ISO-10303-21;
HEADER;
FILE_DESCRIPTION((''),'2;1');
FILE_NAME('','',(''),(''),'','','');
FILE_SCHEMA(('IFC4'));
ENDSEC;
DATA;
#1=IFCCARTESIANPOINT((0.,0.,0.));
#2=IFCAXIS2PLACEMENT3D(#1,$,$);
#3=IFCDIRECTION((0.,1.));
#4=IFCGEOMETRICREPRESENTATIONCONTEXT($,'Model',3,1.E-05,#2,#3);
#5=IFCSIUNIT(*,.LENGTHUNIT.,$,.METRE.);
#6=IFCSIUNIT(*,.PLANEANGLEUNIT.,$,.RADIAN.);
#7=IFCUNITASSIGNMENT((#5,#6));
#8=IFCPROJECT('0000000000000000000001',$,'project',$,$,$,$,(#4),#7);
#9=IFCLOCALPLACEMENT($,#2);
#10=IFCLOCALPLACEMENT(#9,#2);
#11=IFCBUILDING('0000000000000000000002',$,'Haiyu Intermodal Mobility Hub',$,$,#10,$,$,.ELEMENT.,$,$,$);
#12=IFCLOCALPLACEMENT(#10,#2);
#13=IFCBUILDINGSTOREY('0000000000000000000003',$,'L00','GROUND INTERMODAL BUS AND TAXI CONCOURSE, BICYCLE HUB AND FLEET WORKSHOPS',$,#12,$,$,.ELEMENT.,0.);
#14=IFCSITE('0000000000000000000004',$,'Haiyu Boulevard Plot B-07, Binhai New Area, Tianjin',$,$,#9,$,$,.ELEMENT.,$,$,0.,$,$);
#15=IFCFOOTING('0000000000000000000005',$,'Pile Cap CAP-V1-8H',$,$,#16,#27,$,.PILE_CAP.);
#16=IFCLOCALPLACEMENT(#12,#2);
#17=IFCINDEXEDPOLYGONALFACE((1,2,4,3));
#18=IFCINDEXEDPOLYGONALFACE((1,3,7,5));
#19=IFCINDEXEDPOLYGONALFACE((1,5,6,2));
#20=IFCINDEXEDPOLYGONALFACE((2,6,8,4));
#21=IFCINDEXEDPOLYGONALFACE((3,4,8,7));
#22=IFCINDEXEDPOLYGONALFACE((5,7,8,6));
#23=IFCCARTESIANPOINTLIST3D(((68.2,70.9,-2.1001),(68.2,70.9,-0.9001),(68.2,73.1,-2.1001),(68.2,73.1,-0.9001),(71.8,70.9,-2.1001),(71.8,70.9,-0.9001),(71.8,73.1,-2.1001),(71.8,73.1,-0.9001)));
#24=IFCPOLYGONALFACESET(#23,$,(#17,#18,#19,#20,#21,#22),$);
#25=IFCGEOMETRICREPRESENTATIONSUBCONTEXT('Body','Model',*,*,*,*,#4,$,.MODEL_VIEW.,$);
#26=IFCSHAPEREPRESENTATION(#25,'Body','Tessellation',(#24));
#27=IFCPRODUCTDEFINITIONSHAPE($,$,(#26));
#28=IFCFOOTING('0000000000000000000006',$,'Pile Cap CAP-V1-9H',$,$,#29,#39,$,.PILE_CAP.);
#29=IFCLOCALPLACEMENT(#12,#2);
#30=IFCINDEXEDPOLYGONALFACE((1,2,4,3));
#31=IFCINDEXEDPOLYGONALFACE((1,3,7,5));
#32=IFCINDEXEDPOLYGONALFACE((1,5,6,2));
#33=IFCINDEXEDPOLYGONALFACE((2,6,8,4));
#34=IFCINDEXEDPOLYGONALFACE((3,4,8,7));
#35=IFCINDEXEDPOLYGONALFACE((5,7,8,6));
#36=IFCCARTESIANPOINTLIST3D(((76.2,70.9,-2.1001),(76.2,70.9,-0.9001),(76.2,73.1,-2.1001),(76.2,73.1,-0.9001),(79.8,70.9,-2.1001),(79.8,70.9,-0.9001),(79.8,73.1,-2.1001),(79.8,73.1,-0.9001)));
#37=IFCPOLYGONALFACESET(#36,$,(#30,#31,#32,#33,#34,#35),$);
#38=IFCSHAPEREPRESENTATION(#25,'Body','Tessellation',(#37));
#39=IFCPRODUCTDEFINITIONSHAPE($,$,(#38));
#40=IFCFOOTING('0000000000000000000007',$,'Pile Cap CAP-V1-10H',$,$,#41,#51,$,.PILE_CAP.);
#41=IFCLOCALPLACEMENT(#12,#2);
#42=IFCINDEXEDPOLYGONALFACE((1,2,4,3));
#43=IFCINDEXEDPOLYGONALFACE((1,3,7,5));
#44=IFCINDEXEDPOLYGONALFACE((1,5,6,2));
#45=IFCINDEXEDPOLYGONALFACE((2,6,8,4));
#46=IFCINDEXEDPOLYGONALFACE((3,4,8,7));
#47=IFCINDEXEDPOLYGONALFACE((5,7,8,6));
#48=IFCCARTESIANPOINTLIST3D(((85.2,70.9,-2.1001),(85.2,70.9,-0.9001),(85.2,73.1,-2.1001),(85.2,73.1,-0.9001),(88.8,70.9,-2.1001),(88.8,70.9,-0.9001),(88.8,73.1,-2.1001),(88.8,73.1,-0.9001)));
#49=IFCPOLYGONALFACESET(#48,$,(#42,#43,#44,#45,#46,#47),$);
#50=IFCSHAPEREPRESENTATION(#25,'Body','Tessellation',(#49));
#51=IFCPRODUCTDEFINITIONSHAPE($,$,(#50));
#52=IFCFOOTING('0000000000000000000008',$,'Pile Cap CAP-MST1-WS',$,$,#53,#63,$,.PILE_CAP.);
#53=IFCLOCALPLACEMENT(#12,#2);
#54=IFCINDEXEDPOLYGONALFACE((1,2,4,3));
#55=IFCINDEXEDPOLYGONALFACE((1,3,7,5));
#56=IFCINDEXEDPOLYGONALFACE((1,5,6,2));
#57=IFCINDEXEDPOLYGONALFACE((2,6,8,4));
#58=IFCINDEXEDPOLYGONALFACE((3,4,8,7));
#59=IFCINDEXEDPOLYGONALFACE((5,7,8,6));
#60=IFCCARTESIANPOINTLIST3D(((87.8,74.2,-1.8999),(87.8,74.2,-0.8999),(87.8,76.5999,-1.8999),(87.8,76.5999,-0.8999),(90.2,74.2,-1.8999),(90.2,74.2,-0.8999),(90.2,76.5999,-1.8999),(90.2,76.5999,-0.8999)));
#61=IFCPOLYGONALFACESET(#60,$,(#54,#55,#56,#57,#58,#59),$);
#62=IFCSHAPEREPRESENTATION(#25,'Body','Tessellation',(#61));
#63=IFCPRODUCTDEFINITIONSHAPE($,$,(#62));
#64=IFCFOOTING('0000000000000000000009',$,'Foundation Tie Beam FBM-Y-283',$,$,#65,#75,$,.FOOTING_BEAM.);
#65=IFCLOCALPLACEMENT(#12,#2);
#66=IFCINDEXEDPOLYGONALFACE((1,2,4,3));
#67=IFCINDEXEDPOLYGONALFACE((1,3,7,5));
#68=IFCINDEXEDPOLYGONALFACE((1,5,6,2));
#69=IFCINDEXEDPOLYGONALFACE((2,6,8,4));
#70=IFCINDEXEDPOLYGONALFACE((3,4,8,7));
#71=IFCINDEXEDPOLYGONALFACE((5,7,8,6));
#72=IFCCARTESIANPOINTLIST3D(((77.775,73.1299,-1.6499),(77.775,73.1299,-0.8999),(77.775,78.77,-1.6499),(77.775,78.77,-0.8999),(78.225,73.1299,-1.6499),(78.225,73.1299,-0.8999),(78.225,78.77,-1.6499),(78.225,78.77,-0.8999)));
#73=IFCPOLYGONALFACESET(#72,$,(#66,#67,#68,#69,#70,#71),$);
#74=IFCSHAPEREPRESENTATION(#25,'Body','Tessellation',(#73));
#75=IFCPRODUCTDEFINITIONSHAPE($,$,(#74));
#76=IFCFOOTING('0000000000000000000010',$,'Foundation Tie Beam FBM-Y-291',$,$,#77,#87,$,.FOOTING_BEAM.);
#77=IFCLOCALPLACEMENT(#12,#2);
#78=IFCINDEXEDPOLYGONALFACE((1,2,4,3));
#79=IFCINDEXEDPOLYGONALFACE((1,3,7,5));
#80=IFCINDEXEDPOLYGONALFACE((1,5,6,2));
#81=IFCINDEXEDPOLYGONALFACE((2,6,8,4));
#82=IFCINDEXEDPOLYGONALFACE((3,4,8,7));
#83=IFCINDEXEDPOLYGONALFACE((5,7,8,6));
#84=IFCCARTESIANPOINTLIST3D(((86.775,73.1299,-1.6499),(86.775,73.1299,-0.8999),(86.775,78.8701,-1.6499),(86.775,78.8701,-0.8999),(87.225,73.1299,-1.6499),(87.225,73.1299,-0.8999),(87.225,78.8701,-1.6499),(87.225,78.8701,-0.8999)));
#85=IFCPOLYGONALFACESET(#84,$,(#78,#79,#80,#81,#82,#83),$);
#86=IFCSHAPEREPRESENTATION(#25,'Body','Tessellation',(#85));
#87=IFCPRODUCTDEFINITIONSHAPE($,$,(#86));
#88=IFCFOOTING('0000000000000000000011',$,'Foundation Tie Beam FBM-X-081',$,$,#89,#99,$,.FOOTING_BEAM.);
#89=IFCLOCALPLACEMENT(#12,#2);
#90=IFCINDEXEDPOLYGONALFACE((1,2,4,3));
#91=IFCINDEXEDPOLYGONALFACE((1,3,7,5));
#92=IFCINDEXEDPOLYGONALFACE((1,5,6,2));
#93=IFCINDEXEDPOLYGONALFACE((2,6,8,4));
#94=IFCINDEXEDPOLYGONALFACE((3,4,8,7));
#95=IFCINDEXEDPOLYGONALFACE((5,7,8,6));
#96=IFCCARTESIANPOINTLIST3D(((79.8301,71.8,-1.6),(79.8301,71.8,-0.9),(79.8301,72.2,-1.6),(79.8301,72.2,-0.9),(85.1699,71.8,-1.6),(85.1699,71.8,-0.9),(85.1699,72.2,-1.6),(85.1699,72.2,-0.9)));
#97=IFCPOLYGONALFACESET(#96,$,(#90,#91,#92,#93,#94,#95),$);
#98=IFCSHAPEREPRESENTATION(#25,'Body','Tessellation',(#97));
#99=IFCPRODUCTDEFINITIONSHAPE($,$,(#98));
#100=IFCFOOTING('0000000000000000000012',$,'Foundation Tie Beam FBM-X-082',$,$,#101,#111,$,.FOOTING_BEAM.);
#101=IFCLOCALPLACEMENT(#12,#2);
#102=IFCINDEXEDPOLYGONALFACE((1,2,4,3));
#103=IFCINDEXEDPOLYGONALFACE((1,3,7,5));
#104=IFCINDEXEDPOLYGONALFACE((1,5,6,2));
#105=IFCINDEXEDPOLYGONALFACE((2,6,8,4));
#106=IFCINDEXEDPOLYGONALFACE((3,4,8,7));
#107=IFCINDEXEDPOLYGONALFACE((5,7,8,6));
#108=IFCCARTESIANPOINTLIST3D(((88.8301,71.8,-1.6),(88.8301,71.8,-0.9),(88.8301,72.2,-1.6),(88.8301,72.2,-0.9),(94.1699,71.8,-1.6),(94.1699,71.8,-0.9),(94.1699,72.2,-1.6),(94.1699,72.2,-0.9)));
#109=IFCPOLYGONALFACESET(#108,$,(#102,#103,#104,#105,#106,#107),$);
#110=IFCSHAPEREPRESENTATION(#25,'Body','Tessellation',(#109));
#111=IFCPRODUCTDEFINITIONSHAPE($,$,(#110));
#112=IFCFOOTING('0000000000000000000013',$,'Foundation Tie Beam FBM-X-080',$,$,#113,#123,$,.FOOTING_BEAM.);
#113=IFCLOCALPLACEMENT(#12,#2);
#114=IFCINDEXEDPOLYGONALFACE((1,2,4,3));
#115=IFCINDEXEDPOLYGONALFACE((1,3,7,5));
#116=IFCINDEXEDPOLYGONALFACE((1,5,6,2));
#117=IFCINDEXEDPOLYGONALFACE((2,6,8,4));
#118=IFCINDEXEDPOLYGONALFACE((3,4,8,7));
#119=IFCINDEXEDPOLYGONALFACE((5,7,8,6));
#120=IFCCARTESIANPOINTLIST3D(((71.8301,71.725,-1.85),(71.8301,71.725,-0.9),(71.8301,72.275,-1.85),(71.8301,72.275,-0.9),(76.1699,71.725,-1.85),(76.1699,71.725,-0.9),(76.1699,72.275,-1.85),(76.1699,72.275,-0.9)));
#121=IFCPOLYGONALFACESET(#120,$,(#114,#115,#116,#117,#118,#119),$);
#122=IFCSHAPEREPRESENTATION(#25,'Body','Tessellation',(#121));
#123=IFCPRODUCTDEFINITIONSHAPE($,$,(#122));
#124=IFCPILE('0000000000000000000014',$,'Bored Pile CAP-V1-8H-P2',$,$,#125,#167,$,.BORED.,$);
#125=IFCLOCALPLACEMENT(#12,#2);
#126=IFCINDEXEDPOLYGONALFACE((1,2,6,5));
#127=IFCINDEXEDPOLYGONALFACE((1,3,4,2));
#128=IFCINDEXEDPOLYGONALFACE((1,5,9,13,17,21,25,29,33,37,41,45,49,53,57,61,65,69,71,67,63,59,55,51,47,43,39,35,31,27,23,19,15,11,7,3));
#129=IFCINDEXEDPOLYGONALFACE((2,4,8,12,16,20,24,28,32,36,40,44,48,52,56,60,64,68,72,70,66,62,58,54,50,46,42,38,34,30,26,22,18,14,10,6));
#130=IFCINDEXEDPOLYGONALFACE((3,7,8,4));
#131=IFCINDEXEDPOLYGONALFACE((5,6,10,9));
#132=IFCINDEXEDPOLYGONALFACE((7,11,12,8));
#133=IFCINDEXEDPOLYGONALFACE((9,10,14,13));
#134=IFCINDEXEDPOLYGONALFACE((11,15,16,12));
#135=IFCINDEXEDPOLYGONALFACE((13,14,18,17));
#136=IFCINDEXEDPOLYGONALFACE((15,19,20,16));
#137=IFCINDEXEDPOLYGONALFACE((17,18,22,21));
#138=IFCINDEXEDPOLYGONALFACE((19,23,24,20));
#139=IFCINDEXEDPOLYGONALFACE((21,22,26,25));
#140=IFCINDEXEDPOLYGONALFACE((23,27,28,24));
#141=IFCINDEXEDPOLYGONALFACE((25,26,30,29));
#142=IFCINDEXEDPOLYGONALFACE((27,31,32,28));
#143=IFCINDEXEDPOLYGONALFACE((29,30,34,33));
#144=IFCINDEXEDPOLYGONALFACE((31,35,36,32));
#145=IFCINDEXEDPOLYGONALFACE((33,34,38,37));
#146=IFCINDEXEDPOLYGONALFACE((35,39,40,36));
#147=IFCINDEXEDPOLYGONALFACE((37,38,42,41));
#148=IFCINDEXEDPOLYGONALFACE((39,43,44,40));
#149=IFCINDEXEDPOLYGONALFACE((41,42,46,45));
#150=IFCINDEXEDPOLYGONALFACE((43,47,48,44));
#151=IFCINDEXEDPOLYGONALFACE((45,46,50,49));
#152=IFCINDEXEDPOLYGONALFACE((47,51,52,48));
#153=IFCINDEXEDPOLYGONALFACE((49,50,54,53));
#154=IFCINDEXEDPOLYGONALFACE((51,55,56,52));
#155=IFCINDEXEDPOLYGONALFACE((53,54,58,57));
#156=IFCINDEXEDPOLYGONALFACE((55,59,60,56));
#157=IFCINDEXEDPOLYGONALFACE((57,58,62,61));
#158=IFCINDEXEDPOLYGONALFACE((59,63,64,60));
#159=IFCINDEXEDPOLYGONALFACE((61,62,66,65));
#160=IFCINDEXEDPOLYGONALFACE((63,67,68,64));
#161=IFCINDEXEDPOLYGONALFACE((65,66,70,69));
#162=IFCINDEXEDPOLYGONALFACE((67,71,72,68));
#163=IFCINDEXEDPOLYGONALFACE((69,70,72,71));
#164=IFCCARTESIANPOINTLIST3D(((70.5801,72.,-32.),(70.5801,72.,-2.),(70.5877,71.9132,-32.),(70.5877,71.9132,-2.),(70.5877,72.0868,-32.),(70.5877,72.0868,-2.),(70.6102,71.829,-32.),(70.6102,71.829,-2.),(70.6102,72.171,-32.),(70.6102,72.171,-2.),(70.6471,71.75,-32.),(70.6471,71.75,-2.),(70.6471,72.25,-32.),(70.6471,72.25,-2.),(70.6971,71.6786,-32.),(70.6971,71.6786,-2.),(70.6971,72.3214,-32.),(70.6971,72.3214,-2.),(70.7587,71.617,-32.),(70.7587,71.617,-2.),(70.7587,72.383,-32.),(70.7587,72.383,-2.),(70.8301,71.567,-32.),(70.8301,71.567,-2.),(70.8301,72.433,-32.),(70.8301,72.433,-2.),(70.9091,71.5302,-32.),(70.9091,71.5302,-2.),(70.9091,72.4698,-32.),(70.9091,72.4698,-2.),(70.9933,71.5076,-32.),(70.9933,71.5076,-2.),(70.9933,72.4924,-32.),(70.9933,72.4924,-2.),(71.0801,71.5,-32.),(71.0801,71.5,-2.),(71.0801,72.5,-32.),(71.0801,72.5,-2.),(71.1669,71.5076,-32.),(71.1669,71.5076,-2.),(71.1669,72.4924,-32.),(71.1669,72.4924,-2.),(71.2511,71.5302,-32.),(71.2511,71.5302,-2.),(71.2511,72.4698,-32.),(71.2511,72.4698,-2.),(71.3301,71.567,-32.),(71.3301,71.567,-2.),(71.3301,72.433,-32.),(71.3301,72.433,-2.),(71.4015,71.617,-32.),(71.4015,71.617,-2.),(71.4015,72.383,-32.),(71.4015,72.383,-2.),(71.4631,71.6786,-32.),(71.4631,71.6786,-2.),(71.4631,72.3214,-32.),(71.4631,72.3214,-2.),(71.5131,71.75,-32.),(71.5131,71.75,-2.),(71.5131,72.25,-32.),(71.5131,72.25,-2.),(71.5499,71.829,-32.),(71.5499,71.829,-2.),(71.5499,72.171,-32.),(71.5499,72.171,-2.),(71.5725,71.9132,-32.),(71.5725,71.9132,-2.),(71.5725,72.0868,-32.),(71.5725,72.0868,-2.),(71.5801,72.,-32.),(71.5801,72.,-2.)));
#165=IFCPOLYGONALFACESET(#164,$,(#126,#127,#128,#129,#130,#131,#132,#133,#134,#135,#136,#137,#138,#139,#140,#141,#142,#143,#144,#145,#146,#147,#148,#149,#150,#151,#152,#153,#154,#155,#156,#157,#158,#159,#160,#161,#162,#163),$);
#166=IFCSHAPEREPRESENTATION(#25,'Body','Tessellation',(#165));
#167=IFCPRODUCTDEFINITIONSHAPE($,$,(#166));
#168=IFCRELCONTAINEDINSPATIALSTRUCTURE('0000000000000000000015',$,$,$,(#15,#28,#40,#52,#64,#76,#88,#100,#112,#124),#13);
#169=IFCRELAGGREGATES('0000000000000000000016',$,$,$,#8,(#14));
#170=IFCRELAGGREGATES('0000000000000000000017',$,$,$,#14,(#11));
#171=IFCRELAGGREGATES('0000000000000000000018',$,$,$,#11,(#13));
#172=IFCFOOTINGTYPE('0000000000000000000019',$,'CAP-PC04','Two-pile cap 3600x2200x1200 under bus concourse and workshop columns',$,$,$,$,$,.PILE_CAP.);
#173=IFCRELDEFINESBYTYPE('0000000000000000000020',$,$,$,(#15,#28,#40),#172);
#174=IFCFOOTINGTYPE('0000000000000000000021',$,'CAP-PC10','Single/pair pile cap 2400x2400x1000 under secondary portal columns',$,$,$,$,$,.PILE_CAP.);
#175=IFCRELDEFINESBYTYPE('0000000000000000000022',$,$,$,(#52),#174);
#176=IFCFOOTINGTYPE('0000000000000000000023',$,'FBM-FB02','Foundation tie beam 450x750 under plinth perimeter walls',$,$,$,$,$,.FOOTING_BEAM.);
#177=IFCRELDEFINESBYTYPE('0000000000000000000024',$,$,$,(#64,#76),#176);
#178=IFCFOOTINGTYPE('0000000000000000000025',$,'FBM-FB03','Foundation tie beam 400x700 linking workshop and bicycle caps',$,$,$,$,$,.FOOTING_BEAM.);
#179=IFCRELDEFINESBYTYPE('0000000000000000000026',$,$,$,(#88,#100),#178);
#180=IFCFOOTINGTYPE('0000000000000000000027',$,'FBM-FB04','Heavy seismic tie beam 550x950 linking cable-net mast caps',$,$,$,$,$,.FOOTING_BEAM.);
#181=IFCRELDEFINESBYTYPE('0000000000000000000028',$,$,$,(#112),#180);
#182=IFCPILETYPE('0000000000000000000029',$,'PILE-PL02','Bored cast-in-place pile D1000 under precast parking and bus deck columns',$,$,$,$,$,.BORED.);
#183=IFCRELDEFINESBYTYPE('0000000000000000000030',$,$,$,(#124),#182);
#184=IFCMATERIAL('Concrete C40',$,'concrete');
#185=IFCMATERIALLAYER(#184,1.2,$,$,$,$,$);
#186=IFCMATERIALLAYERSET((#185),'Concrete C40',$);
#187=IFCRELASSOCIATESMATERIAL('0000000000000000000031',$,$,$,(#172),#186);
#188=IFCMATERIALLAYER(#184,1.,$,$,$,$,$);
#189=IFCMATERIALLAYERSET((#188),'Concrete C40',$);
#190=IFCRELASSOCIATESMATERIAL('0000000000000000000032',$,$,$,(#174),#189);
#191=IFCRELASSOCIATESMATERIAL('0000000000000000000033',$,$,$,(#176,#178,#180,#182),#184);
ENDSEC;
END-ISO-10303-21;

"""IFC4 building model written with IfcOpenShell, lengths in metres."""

from ifc_helpers import new_model, si_unit, direction, frame, origin, origin_2d, place, context, subcontext, project, spatial, rectangle, circle, extrude, material, layer, layer_set, material_profile, profile_set, type_object, element, save


model = new_model("IFC4")

# Units and contexts
model_context = context("Model", 3, precision=1e-05, world=origin(), true_north=direction((0.0, 1.0)))
body_context = subcontext(model_context, "Body", "Model", "MODEL_VIEW")
ifc_project = project(units=[si_unit("LENGTHUNIT", "METRE"), si_unit("PLANEANGLEUNIT", "RADIAN")], contexts=[model_context])

# Site, building, storey
site_placement = place(None, origin())
site = spatial("IfcSite", under=ifc_project, at=site_placement, Name="Haiyu Boulevard Plot B-07, Binhai New Area, Tianjin", CompositionType="ELEMENT", RefElevation=0.0)
building_placement = place(site_placement, origin())
building = spatial("IfcBuilding", under=site, at=building_placement, Name="Haiyu Intermodal Mobility Hub", CompositionType="ELEMENT")
storey_placement = place(building_placement, origin())
storey = spatial("IfcBuildingStorey", under=building, at=storey_placement, Name="L00", Description="GROUND INTERMODAL BUS AND TAXI CONCOURSE, BICYCLE HUB AND FLEET WORKSHOPS", CompositionType="ELEMENT", Elevation=0.0)

# Footings
ifc_material_1 = material(Name="Concrete C40", Category="concrete")
ifc_layer_1 = layer(ifc_material_1, 1.2)
ifc_layer_set_1 = layer_set([ifc_layer_1], Name="Concrete C40")
footing_type_1 = type_object("IfcFootingType", Name="CAP-PC04", Description="Two-pile cap 3600x2200x1200 under bus concourse and workshop columns", PredefinedType="PILE_CAP", material=ifc_layer_set_1)
for number, where, z_axis, x_axis, name in (
    (1, (70.0, 72.0, -2.1001), (0.0, 0.0, 1.0), (1.0, 0.0, 0.0), "Pile Cap CAP-V1-8H"),
    (2, (78.0, 72.0, -2.1001), (0.0, 0.0, 1.0), (1.0, 0.0, 0.0), "Pile Cap CAP-V1-9H"),
    (3, (87.0, 72.0, -2.1001), (0.0, 0.0, 1.0), (1.0, 0.0, 0.0), "Pile Cap CAP-V1-10H"),
):
    element("IfcFooting", number, at=place(storey_placement, frame(where, z_axis=z_axis, x_axis=x_axis)), inside=storey, type_object=footing_type_1, Name=name, PredefinedType="PILE_CAP", context=body_context, shape_type="SweptSolid", body=[
        extrude(rectangle(XDim=3.6001, YDim=2.2, at=origin_2d()), origin(), (0.0, 0.0, 1.0), 1.2),
    ])
ifc_layer_2 = layer(ifc_material_1, 1.0)
ifc_layer_set_2 = layer_set([ifc_layer_2], Name="Concrete C40")
footing_type_2 = type_object("IfcFootingType", Name="CAP-PC10", Description="Single/pair pile cap 2400x2400x1000 under secondary portal columns", PredefinedType="PILE_CAP", material=ifc_layer_set_2)
footing_1_placement = place(storey_placement, frame((89.0, 75.3999, -1.8999), z_axis=(0.0, 0.0, 1.0), x_axis=(1.0, 0.0, 0.0)))
element("IfcFooting", 4, at=footing_1_placement, inside=storey, type_object=footing_type_2, Name="Pile Cap CAP-MST1-WS", PredefinedType="PILE_CAP", context=body_context, shape_type="SweptSolid", body=[
    extrude(rectangle(XDim=2.3999, YDim=2.3999, at=origin_2d()), origin(), (0.0, 0.0, 1.0), 1.0),
])
ifc_material_profile_1 = material_profile(ifc_material_1, rectangle(XDim=0.45, YDim=0.75, at=origin_2d()), Name="FB450x750")
ifc_profile_set_1 = profile_set([ifc_material_profile_1], Name="Concrete C40")
footing_type_3 = type_object("IfcFootingType", Name="FBM-FB02", Description="Foundation tie beam 450x750 under plinth perimeter walls", PredefinedType="FOOTING_BEAM", material=ifc_profile_set_1)
footing_2_placement = place(storey_placement, frame((78.0, 73.1299, -1.2749), z_axis=(0.0, 1.0, 0.0), x_axis=(-1.0, 0.0, 0.0)))
element("IfcFooting", 5, at=footing_2_placement, inside=storey, type_object=footing_type_3, Name="Foundation Tie Beam FBM-Y-283", PredefinedType="FOOTING_BEAM", context=body_context, shape_type="SweptSolid", body=[
    extrude(rectangle(XDim=0.45, YDim=0.75, at=origin_2d()), origin(), (0.0, 0.0, 1.0), 5.6401),
])
footing_3_placement = place(storey_placement, frame((87.0, 73.1299, -1.2749), z_axis=(0.0, 1.0, 0.0), x_axis=(-1.0, 0.0, 0.0)))
element("IfcFooting", 6, at=footing_3_placement, inside=storey, type_object=footing_type_3, Name="Foundation Tie Beam FBM-Y-291", PredefinedType="FOOTING_BEAM", context=body_context, shape_type="SweptSolid", body=[
    extrude(rectangle(XDim=0.45, YDim=0.75, at=origin_2d()), origin(), (0.0, 0.0, 1.0), 5.7402),
])
ifc_material_profile_2 = material_profile(ifc_material_1, rectangle(XDim=0.3999, YDim=0.7, at=origin_2d()), Name="FB400x700")
ifc_profile_set_2 = profile_set([ifc_material_profile_2], Name="Concrete C40")
footing_type_4 = type_object("IfcFootingType", Name="FBM-FB03", Description="Foundation tie beam 400x700 linking workshop and bicycle caps", PredefinedType="FOOTING_BEAM", material=ifc_profile_set_2)
for number, where, z_axis, x_axis, name in (
    (7, (79.8301, 72.0, -1.25), (1.0, 0.0, 0.0), (0.0, 1.0, 0.0), "Foundation Tie Beam FBM-X-081"),
    (8, (88.8301, 72.0, -1.25), (1.0, 0.0, 0.0), (0.0, 1.0, 0.0), "Foundation Tie Beam FBM-X-082"),
):
    element("IfcFooting", number, at=place(storey_placement, frame(where, z_axis=z_axis, x_axis=x_axis)), inside=storey, type_object=footing_type_4, Name=name, PredefinedType="FOOTING_BEAM", context=body_context, shape_type="SweptSolid", body=[
        extrude(rectangle(XDim=0.3999, YDim=0.7, at=origin_2d()), origin(), (0.0, 0.0, 1.0), 5.3398),
    ])
ifc_material_profile_3 = material_profile(ifc_material_1, rectangle(XDim=0.55, YDim=0.95, at=origin_2d()), Name="FB550x950")
ifc_profile_set_3 = profile_set([ifc_material_profile_3], Name="Concrete C40")
footing_type_5 = type_object("IfcFootingType", Name="FBM-FB04", Description="Heavy seismic tie beam 550x950 linking cable-net mast caps", PredefinedType="FOOTING_BEAM", material=ifc_profile_set_3)
footing_4_placement = place(storey_placement, frame((71.8301, 72.0, -1.375), z_axis=(1.0, 0.0, 0.0), x_axis=(0.0, 1.0, 0.0)))
element("IfcFooting", 9, at=footing_4_placement, inside=storey, type_object=footing_type_5, Name="Foundation Tie Beam FBM-X-080", PredefinedType="FOOTING_BEAM", context=body_context, shape_type="SweptSolid", body=[
    extrude(rectangle(XDim=0.55, YDim=0.95, at=origin_2d()), origin(), (0.0, 0.0, 1.0), 4.3398),
])

# Pile
ifc_material_profile_4 = material_profile(ifc_material_1, circle(Radius=0.5, at=origin_2d()), Name="PILE-D1000")
ifc_profile_set_4 = profile_set([ifc_material_profile_4], Name="Concrete C40")
pile_type_1 = type_object("IfcPileType", Name="PILE-PL02", Description="Bored cast-in-place pile D1000 under precast parking and bus deck columns", PredefinedType="BORED", material=ifc_profile_set_4)
for number, where, z_axis, x_axis, name in (
    (10, (71.0801, 72.0, -2.0), (0.0, 0.0, -1.0), (1.0, 0.0, 0.0), "Bored Pile CAP-V1-8H-P2"),
):
    element("IfcPile", number, at=place(storey_placement, frame(where, z_axis=z_axis, x_axis=x_axis)), inside=storey, type_object=pile_type_1, Name=name, PredefinedType="BORED", context=body_context, shape_type="SweptSolid", body=[
        extrude(circle(Radius=0.5, at=origin_2d()), origin(), (0.0, 0.0, 1.0), 30.0),
    ])

save(model, "model.ifc")
